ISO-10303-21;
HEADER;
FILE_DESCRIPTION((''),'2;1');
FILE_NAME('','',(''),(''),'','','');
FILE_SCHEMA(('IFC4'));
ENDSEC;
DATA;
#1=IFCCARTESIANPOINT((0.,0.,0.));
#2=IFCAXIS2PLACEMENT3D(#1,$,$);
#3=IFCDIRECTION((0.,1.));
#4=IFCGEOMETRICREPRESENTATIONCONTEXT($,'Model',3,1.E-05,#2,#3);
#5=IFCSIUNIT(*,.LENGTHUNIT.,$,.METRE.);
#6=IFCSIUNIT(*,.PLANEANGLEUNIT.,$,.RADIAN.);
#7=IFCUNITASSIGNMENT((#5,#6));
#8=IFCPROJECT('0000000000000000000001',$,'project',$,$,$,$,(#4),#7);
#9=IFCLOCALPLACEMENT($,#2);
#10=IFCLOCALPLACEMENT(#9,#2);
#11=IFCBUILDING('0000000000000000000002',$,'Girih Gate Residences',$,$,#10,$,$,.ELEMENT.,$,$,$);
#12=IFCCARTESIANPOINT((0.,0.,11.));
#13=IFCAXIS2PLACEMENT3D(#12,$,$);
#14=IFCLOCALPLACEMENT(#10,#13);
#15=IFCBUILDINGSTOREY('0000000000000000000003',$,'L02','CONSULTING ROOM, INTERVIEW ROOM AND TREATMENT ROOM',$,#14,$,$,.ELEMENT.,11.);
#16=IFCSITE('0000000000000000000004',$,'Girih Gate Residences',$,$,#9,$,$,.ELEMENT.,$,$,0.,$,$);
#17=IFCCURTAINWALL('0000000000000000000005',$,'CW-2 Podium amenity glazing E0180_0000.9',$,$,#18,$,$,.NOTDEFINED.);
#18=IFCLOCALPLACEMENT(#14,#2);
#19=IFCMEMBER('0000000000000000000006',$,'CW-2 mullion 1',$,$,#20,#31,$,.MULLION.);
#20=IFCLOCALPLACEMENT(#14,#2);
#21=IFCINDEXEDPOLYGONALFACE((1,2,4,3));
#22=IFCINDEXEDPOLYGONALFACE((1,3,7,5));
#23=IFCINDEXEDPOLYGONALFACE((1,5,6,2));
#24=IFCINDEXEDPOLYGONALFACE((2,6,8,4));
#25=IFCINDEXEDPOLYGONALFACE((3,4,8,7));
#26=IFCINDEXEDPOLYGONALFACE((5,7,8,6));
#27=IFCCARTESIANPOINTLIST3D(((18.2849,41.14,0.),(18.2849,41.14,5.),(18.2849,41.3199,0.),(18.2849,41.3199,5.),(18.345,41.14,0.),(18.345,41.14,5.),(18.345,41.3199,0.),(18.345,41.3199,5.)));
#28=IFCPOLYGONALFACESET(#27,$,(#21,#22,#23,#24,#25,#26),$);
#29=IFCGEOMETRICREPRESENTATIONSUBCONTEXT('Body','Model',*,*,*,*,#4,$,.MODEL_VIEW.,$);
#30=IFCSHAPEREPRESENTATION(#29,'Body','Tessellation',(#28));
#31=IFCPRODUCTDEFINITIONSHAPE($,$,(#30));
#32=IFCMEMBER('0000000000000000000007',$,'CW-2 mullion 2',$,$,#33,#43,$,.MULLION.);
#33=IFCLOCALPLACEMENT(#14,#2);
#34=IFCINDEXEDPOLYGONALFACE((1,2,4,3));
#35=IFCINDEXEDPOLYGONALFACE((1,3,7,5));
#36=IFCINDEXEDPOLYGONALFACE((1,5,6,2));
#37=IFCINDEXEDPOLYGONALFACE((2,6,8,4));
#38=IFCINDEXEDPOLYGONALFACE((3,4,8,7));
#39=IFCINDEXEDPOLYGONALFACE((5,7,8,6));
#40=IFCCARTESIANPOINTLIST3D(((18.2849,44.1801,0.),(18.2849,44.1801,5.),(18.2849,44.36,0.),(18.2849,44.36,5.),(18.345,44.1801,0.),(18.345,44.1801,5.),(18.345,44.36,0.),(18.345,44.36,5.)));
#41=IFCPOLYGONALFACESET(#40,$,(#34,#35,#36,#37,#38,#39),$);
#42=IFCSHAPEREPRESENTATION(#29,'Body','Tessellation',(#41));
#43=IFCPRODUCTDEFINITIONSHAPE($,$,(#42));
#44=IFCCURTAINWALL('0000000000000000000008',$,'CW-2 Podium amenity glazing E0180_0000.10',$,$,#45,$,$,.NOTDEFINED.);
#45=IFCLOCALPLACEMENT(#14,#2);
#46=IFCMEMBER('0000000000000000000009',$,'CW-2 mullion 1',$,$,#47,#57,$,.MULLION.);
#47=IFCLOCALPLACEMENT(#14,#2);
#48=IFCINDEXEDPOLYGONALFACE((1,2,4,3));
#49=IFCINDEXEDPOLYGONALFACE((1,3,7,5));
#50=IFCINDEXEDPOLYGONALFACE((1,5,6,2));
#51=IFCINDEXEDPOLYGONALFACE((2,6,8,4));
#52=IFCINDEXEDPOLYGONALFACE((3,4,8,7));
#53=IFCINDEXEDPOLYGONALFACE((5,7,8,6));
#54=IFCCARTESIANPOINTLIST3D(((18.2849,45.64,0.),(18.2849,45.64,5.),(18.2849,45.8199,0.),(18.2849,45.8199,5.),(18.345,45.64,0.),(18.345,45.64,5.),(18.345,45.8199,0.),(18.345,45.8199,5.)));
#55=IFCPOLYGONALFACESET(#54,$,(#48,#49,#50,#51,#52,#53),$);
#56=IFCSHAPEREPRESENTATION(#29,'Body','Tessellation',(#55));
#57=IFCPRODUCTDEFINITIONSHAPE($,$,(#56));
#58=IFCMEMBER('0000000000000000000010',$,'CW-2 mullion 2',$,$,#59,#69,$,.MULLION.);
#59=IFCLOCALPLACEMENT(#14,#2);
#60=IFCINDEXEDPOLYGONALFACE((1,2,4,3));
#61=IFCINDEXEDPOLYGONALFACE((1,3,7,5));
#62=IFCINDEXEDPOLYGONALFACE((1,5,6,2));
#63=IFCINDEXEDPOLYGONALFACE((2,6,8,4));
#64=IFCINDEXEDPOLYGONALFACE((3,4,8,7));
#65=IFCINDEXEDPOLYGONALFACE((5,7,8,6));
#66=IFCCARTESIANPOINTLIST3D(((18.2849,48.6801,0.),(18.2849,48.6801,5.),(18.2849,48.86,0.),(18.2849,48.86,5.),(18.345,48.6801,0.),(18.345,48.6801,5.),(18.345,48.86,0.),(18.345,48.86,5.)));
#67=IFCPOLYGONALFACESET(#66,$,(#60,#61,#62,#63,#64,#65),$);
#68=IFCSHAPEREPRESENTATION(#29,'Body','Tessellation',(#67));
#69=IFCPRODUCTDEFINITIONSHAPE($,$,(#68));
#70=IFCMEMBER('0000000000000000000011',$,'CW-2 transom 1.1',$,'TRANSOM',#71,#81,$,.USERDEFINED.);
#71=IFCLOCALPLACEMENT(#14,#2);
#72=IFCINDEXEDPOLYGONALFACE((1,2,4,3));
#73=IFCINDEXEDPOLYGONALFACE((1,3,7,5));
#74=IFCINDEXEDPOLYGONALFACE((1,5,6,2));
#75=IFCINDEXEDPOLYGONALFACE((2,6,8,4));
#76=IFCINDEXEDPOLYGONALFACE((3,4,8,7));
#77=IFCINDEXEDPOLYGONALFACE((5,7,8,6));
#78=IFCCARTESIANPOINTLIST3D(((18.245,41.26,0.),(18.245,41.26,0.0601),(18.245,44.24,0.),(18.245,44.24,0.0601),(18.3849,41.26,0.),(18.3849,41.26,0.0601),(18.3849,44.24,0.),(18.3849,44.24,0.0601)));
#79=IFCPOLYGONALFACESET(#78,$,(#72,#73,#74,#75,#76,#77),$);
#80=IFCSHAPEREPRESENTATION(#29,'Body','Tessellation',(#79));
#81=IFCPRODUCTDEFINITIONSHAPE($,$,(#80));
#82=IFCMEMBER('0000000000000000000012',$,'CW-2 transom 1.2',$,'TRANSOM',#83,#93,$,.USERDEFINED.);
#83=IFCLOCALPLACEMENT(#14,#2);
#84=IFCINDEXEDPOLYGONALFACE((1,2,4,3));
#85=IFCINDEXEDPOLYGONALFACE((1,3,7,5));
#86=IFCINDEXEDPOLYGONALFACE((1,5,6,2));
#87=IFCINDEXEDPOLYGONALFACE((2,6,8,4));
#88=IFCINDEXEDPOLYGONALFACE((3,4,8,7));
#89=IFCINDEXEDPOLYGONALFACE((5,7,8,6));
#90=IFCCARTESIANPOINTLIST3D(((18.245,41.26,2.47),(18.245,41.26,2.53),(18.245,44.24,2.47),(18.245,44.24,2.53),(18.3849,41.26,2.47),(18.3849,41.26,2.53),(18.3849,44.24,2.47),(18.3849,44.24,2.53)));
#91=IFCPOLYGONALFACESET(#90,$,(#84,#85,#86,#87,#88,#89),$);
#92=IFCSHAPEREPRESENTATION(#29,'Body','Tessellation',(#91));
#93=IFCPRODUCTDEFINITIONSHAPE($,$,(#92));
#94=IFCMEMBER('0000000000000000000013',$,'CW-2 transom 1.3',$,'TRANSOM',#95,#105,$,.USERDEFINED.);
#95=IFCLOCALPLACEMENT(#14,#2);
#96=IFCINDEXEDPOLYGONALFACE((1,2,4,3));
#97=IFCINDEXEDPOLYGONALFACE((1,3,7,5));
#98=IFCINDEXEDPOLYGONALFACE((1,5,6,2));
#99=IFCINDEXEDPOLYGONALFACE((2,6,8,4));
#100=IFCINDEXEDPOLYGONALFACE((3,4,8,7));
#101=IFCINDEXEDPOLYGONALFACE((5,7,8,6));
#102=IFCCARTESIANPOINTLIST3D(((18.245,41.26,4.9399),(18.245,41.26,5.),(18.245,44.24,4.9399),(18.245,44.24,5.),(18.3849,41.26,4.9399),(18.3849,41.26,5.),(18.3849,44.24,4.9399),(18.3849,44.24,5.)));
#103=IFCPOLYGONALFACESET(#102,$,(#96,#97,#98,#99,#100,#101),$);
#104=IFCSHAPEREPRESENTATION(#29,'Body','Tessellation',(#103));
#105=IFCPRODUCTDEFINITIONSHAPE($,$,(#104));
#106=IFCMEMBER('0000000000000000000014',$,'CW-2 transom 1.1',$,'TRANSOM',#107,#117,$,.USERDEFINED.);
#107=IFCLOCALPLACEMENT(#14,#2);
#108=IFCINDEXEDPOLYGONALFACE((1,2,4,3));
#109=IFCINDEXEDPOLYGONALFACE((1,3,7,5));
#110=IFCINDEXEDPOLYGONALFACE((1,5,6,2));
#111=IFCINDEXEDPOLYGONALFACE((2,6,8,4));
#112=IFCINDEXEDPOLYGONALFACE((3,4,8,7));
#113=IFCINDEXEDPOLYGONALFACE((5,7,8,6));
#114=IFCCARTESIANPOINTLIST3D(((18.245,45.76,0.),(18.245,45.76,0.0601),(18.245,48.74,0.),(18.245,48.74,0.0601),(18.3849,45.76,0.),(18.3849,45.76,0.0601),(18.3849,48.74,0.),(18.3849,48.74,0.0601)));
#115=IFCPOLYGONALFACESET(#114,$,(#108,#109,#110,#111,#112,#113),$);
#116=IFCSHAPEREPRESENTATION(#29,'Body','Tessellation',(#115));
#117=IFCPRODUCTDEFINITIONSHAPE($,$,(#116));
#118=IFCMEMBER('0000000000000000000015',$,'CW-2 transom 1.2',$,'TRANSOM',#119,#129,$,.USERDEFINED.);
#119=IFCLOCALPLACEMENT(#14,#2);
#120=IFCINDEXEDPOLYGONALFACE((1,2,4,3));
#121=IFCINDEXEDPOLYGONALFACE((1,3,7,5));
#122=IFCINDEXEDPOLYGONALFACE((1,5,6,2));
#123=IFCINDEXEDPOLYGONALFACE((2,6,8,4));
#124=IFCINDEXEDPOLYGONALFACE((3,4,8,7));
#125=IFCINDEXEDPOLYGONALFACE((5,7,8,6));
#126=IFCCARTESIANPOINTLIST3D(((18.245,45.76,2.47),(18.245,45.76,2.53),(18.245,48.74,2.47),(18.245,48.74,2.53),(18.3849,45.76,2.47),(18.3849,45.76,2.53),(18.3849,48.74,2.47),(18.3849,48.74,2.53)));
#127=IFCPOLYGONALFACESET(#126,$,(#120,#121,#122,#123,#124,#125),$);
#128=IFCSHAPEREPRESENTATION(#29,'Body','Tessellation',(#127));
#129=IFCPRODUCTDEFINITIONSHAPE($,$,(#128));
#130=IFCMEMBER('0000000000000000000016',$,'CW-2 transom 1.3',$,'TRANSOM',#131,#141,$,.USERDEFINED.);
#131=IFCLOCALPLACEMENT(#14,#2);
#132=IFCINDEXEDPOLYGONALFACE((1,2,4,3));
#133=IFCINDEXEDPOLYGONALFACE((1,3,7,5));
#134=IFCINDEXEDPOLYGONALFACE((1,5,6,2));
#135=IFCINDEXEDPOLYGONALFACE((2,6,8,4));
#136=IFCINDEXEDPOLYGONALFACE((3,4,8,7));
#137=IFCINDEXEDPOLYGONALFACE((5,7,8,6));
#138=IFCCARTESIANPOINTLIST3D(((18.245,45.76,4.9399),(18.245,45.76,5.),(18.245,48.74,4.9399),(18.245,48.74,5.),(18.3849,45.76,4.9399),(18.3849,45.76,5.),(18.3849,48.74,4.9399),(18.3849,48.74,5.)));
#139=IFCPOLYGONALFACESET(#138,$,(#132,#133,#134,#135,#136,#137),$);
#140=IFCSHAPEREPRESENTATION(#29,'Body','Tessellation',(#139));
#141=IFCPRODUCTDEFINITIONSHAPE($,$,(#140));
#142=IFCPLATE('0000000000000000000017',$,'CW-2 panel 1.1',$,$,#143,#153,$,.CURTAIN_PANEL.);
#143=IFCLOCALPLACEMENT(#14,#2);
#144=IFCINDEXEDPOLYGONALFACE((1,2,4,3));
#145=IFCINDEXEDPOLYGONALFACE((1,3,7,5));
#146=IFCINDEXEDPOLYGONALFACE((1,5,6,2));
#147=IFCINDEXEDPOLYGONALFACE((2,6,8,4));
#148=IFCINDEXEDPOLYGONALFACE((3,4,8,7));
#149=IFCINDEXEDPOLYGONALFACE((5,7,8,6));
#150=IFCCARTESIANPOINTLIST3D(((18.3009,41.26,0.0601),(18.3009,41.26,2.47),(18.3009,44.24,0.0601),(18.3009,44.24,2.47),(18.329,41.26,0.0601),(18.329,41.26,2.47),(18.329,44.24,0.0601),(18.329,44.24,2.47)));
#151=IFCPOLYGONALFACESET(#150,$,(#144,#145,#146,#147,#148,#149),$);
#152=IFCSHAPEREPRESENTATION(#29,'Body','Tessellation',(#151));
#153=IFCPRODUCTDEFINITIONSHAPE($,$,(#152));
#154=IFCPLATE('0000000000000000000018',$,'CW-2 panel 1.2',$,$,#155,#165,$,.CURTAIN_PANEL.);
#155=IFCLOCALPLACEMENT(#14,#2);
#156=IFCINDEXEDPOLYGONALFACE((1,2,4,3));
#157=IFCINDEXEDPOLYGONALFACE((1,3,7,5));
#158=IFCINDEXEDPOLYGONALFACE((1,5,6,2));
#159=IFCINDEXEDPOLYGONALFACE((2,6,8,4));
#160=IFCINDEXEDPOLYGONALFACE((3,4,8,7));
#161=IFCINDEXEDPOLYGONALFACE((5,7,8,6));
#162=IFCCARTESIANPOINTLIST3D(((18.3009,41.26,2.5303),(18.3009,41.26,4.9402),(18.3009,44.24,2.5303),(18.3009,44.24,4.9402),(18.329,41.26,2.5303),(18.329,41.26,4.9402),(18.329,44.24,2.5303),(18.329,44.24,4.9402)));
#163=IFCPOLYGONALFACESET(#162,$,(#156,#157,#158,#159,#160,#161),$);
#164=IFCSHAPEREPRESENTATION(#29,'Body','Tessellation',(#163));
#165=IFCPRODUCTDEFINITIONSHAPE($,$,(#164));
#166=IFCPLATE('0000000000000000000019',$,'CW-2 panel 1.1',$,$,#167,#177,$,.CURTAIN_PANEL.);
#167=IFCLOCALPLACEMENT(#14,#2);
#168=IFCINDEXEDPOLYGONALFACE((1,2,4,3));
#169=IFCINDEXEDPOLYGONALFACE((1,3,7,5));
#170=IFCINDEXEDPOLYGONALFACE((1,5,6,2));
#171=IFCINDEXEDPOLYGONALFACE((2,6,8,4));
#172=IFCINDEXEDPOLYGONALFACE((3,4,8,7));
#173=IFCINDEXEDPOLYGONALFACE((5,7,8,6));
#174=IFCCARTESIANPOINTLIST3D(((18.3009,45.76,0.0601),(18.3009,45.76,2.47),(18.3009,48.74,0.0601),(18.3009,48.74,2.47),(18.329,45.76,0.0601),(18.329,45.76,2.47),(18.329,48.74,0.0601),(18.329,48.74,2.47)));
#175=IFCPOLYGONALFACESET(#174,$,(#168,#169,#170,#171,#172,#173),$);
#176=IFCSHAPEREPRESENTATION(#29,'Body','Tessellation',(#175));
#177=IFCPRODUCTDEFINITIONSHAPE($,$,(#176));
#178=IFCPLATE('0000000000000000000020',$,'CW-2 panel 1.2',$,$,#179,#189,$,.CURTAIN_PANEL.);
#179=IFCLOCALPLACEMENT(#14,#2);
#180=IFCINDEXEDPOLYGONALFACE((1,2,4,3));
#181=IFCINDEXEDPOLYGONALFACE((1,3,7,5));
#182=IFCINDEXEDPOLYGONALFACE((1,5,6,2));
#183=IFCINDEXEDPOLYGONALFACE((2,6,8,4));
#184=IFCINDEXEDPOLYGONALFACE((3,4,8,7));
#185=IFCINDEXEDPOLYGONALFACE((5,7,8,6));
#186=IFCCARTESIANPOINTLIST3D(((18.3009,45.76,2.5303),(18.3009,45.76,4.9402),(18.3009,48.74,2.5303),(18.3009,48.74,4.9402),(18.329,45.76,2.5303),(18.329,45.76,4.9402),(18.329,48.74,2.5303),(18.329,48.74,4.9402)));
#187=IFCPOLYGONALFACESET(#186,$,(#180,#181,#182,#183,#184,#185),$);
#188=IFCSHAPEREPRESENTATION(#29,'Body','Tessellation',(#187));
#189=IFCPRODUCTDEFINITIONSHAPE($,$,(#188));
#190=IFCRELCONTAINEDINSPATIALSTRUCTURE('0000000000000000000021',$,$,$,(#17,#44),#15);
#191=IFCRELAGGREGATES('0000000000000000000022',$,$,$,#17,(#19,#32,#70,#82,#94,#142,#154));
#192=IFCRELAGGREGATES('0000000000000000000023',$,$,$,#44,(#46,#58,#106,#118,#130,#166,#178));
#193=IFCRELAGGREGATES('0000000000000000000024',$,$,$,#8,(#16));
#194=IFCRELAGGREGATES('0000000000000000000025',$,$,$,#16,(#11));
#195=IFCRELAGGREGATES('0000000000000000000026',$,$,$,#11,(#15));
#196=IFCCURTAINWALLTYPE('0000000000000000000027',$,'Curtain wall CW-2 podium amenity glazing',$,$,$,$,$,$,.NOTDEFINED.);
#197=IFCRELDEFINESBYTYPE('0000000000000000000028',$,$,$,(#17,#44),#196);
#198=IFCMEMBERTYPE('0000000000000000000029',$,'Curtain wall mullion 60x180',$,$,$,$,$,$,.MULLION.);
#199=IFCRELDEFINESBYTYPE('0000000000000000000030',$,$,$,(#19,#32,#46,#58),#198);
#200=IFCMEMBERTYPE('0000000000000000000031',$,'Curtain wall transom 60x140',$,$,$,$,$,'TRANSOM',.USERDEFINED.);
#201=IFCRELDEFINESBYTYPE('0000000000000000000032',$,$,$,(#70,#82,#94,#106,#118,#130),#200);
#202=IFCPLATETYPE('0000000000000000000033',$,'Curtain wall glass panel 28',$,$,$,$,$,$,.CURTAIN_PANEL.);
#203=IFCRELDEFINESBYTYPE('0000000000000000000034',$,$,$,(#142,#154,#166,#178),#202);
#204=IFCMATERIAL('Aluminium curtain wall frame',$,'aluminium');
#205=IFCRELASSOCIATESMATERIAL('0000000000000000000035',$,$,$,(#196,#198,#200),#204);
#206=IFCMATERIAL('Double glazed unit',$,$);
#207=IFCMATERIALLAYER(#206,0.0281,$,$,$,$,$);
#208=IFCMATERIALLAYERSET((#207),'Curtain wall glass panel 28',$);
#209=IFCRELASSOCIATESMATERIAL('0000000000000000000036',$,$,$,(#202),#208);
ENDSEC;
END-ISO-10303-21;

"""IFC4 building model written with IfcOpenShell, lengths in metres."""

from ifc_helpers import new_model, si_unit, direction, frame, origin, origin_2d, place, context, subcontext, project, spatial, rectangle, extrude, material, layer, layer_set, material_profile, profile_set, type_object, element, aggregate, save


model = new_model("IFC4")

# Units and contexts
model_context = context("Model", 3, precision=1e-05, world=origin(), true_north=direction((0.0, 1.0)))
body_context = subcontext(model_context, "Body", "Model", "MODEL_VIEW")
ifc_project = project(units=[si_unit("LENGTHUNIT", "METRE"), si_unit("PLANEANGLEUNIT", "RADIAN")], contexts=[model_context])

# Site, building, storey
site_placement = place(None, origin())
site = spatial("IfcSite", under=ifc_project, at=site_placement, Name="Girih Gate Residences", CompositionType="ELEMENT", RefElevation=0.0)
building_placement = place(site_placement, origin())
building = spatial("IfcBuilding", under=site, at=building_placement, Name="Girih Gate Residences", CompositionType="ELEMENT")
storey_placement = place(building_placement, frame((0.0, 0.0, 11.0)))
storey = spatial("IfcBuildingStorey", under=building, at=storey_placement, Name="L02", Description="CONSULTING ROOM, INTERVIEW ROOM AND TREATMENT ROOM", CompositionType="ELEMENT", Elevation=11.0)

# Curtain walls, members
ifc_material_1 = material(Name="Aluminium curtain wall frame", Category="aluminium")
curtain_wall_type = type_object("IfcCurtainWallType", Name="Curtain wall CW-2 podium amenity glazing", PredefinedType="NOTDEFINED", material=ifc_material_1)
curtain_wall_1_placement = place(storey_placement, origin())
curtain_wall_1 = element("IfcCurtainWall", 1, at=curtain_wall_1_placement, inside=storey, type_object=curtain_wall_type, Name="CW-2 Podium amenity glazing E0180_0000.9", PredefinedType="NOTDEFINED")
ifc_material_profile_1 = material_profile(ifc_material_1, rectangle(XDim=0.0601, YDim=0.1799, at=origin_2d()))
ifc_profile_set_1 = profile_set([ifc_material_profile_1], Name="Aluminium curtain wall frame")
member_type_1 = type_object("IfcMemberType", Name="Curtain wall mullion 60x180", PredefinedType="MULLION", material=ifc_profile_set_1)
member_1_placement = place(storey_placement, frame((18.3149, 41.23, 0.0), z_axis=(0.0, 0.0, 1.0), x_axis=(-1.0, 0.0, 0.0)))
member_1 = element("IfcMember", 2, at=member_1_placement, type_object=member_type_1, Name="CW-2 mullion 1", PredefinedType="MULLION", context=body_context, shape_type="SweptSolid", body=[
    extrude(rectangle(XDim=0.0601, YDim=0.1799, at=origin_2d()), origin(), (0.0, 0.0, 1.0), 5.0),
])
member_2_placement = place(storey_placement, frame((18.3149, 44.27, 0.0), z_axis=(0.0, 0.0, 1.0), x_axis=(-1.0, 0.0, 0.0)))
member_2 = element("IfcMember", 3, at=member_2_placement, type_object=member_type_1, Name="CW-2 mullion 2", PredefinedType="MULLION", context=body_context, shape_type="SweptSolid", body=[
    extrude(rectangle(XDim=0.0601, YDim=0.1799, at=origin_2d()), origin(), (0.0, 0.0, 1.0), 5.0),
])
curtain_wall_2_placement = place(storey_placement, origin())
curtain_wall_2 = element("IfcCurtainWall", 4, at=curtain_wall_2_placement, inside=storey, type_object=curtain_wall_type, Name="CW-2 Podium amenity glazing E0180_0000.10", PredefinedType="NOTDEFINED")
member_3_placement = place(storey_placement, frame((18.3149, 45.73, 0.0), z_axis=(0.0, 0.0, 1.0), x_axis=(-1.0, 0.0, 0.0)))
member_3 = element("IfcMember", 5, at=member_3_placement, type_object=member_type_1, Name="CW-2 mullion 1", PredefinedType="MULLION", context=body_context, shape_type="SweptSolid", body=[
    extrude(rectangle(XDim=0.0601, YDim=0.1799, at=origin_2d()), origin(), (0.0, 0.0, 1.0), 5.0),
])
member_4_placement = place(storey_placement, frame((18.3149, 48.77, 0.0), z_axis=(0.0, 0.0, 1.0), x_axis=(-1.0, 0.0, 0.0)))
member_4 = element("IfcMember", 6, at=member_4_placement, type_object=member_type_1, Name="CW-2 mullion 2", PredefinedType="MULLION", context=body_context, shape_type="SweptSolid", body=[
    extrude(rectangle(XDim=0.0601, YDim=0.1799, at=origin_2d()), origin(), (0.0, 0.0, 1.0), 5.0),
])

# Members
ifc_material_profile_2 = material_profile(ifc_material_1, rectangle(XDim=0.1399, YDim=0.0601, at=origin_2d()))
ifc_profile_set_2 = profile_set([ifc_material_profile_2], Name="Aluminium curtain wall frame")
member_type_2 = type_object("IfcMemberType", Name="Curtain wall transom 60x140", ElementType="TRANSOM", PredefinedType="USERDEFINED", material=ifc_profile_set_2)
member_5_placement = place(storey_placement, frame((18.3149, 41.26, 0.03), z_axis=(0.0, 1.0, 0.0), x_axis=(-1.0, 0.0, 0.0)))
member_5 = element("IfcMember", 7, at=member_5_placement, type_object=member_type_2, Name="CW-2 transom 1.1", ObjectType="TRANSOM", PredefinedType="USERDEFINED", context=body_context, shape_type="SweptSolid", body=[
    extrude(rectangle(XDim=0.1399, YDim=0.0601, at=origin_2d()), origin(), (0.0, 0.0, 1.0), 2.98),
])
member_6_placement = place(storey_placement, frame((18.3149, 41.26, 2.5), z_axis=(0.0, 1.0, 0.0), x_axis=(-1.0, 0.0, 0.0)))
member_6 = element("IfcMember", 8, at=member_6_placement, type_object=member_type_2, Name="CW-2 transom 1.2", ObjectType="TRANSOM", PredefinedType="USERDEFINED", context=body_context, shape_type="SweptSolid", body=[
    extrude(rectangle(XDim=0.1399, YDim=0.0601, at=origin_2d()), origin(), (0.0, 0.0, 1.0), 2.98),
])
member_7_placement = place(storey_placement, frame((18.3149, 41.26, 4.97), z_axis=(0.0, 1.0, 0.0), x_axis=(-1.0, 0.0, 0.0)))
member_7 = element("IfcMember", 9, at=member_7_placement, type_object=member_type_2, Name="CW-2 transom 1.3", ObjectType="TRANSOM", PredefinedType="USERDEFINED", context=body_context, shape_type="SweptSolid", body=[
    extrude(rectangle(XDim=0.1399, YDim=0.0601, at=origin_2d()), origin(), (0.0, 0.0, 1.0), 2.98),
])
member_8_placement = place(storey_placement, frame((18.3149, 45.76, 0.03), z_axis=(0.0, 1.0, 0.0), x_axis=(-1.0, 0.0, 0.0)))
member_8 = element("IfcMember", 10, at=member_8_placement, type_object=member_type_2, Name="CW-2 transom 1.1", ObjectType="TRANSOM", PredefinedType="USERDEFINED", context=body_context, shape_type="SweptSolid", body=[
    extrude(rectangle(XDim=0.1399, YDim=0.0601, at=origin_2d()), origin(), (0.0, 0.0, 1.0), 2.98),
])
member_9_placement = place(storey_placement, frame((18.3149, 45.76, 2.5), z_axis=(0.0, 1.0, 0.0), x_axis=(-1.0, 0.0, 0.0)))
member_9 = element("IfcMember", 11, at=member_9_placement, type_object=member_type_2, Name="CW-2 transom 1.2", ObjectType="TRANSOM", PredefinedType="USERDEFINED", context=body_context, shape_type="SweptSolid", body=[
    extrude(rectangle(XDim=0.1399, YDim=0.0601, at=origin_2d()), origin(), (0.0, 0.0, 1.0), 2.98),
])
member_10_placement = place(storey_placement, frame((18.3149, 45.76, 4.97), z_axis=(0.0, 1.0, 0.0), x_axis=(-1.0, 0.0, 0.0)))
member_10 = element("IfcMember", 12, at=member_10_placement, type_object=member_type_2, Name="CW-2 transom 1.3", ObjectType="TRANSOM", PredefinedType="USERDEFINED", context=body_context, shape_type="SweptSolid", body=[
    extrude(rectangle(XDim=0.1399, YDim=0.0601, at=origin_2d()), origin(), (0.0, 0.0, 1.0), 2.98),
])

# Plates
ifc_material_2 = material(Name="Double glazed unit")
ifc_layer_1 = layer(ifc_material_2, 0.0281)
ifc_layer_set_1 = layer_set([ifc_layer_1], Name="Curtain wall glass panel 28")
plate_type = type_object("IfcPlateType", Name="Curtain wall glass panel 28", PredefinedType="CURTAIN_PANEL", material=ifc_layer_set_1)
plate_1_placement = place(storey_placement, frame((18.3149, 42.75, 0.0601), z_axis=(0.0, 0.0, 1.0), x_axis=(0.0, 1.0, 0.0)))
plate_1 = element("IfcPlate", 13, at=plate_1_placement, type_object=plate_type, Name="CW-2 panel 1.1", PredefinedType="CURTAIN_PANEL", context=body_context, shape_type="SweptSolid", body=[
    extrude(rectangle(XDim=2.98, YDim=0.0281, at=origin_2d()), origin(), (0.0, 0.0, 1.0), 2.4099),
])
plate_2_placement = place(storey_placement, frame((18.3149, 42.75, 2.5303), z_axis=(0.0, 0.0, 1.0), x_axis=(0.0, 1.0, 0.0)))
plate_2 = element("IfcPlate", 14, at=plate_2_placement, type_object=plate_type, Name="CW-2 panel 1.2", PredefinedType="CURTAIN_PANEL", context=body_context, shape_type="SweptSolid", body=[
    extrude(rectangle(XDim=2.98, YDim=0.0281, at=origin_2d()), origin(), (0.0, 0.0, 1.0), 2.4099),
])
aggregate(curtain_wall_1, [member_1, member_2, member_5, member_6, member_7, plate_1, plate_2])
plate_3_placement = place(storey_placement, frame((18.3149, 47.25, 0.0601), z_axis=(0.0, 0.0, 1.0), x_axis=(0.0, 1.0, 0.0)))
plate_3 = element("IfcPlate", 15, at=plate_3_placement, type_object=plate_type, Name="CW-2 panel 1.1", PredefinedType="CURTAIN_PANEL", context=body_context, shape_type="SweptSolid", body=[
    extrude(rectangle(XDim=2.98, YDim=0.0281, at=origin_2d()), origin(), (0.0, 0.0, 1.0), 2.4099),
])
plate_4_placement = place(storey_placement, frame((18.3149, 47.25, 2.5303), z_axis=(0.0, 0.0, 1.0), x_axis=(0.0, 1.0, 0.0)))
plate_4 = element("IfcPlate", 16, at=plate_4_placement, type_object=plate_type, Name="CW-2 panel 1.2", PredefinedType="CURTAIN_PANEL", context=body_context, shape_type="SweptSolid", body=[
    extrude(rectangle(XDim=2.98, YDim=0.0281, at=origin_2d()), origin(), (0.0, 0.0, 1.0), 2.4099),
])
aggregate(curtain_wall_2, [member_3, member_4, member_8, member_9, member_10, plate_3, plate_4])

save(model, "model.ifc")
